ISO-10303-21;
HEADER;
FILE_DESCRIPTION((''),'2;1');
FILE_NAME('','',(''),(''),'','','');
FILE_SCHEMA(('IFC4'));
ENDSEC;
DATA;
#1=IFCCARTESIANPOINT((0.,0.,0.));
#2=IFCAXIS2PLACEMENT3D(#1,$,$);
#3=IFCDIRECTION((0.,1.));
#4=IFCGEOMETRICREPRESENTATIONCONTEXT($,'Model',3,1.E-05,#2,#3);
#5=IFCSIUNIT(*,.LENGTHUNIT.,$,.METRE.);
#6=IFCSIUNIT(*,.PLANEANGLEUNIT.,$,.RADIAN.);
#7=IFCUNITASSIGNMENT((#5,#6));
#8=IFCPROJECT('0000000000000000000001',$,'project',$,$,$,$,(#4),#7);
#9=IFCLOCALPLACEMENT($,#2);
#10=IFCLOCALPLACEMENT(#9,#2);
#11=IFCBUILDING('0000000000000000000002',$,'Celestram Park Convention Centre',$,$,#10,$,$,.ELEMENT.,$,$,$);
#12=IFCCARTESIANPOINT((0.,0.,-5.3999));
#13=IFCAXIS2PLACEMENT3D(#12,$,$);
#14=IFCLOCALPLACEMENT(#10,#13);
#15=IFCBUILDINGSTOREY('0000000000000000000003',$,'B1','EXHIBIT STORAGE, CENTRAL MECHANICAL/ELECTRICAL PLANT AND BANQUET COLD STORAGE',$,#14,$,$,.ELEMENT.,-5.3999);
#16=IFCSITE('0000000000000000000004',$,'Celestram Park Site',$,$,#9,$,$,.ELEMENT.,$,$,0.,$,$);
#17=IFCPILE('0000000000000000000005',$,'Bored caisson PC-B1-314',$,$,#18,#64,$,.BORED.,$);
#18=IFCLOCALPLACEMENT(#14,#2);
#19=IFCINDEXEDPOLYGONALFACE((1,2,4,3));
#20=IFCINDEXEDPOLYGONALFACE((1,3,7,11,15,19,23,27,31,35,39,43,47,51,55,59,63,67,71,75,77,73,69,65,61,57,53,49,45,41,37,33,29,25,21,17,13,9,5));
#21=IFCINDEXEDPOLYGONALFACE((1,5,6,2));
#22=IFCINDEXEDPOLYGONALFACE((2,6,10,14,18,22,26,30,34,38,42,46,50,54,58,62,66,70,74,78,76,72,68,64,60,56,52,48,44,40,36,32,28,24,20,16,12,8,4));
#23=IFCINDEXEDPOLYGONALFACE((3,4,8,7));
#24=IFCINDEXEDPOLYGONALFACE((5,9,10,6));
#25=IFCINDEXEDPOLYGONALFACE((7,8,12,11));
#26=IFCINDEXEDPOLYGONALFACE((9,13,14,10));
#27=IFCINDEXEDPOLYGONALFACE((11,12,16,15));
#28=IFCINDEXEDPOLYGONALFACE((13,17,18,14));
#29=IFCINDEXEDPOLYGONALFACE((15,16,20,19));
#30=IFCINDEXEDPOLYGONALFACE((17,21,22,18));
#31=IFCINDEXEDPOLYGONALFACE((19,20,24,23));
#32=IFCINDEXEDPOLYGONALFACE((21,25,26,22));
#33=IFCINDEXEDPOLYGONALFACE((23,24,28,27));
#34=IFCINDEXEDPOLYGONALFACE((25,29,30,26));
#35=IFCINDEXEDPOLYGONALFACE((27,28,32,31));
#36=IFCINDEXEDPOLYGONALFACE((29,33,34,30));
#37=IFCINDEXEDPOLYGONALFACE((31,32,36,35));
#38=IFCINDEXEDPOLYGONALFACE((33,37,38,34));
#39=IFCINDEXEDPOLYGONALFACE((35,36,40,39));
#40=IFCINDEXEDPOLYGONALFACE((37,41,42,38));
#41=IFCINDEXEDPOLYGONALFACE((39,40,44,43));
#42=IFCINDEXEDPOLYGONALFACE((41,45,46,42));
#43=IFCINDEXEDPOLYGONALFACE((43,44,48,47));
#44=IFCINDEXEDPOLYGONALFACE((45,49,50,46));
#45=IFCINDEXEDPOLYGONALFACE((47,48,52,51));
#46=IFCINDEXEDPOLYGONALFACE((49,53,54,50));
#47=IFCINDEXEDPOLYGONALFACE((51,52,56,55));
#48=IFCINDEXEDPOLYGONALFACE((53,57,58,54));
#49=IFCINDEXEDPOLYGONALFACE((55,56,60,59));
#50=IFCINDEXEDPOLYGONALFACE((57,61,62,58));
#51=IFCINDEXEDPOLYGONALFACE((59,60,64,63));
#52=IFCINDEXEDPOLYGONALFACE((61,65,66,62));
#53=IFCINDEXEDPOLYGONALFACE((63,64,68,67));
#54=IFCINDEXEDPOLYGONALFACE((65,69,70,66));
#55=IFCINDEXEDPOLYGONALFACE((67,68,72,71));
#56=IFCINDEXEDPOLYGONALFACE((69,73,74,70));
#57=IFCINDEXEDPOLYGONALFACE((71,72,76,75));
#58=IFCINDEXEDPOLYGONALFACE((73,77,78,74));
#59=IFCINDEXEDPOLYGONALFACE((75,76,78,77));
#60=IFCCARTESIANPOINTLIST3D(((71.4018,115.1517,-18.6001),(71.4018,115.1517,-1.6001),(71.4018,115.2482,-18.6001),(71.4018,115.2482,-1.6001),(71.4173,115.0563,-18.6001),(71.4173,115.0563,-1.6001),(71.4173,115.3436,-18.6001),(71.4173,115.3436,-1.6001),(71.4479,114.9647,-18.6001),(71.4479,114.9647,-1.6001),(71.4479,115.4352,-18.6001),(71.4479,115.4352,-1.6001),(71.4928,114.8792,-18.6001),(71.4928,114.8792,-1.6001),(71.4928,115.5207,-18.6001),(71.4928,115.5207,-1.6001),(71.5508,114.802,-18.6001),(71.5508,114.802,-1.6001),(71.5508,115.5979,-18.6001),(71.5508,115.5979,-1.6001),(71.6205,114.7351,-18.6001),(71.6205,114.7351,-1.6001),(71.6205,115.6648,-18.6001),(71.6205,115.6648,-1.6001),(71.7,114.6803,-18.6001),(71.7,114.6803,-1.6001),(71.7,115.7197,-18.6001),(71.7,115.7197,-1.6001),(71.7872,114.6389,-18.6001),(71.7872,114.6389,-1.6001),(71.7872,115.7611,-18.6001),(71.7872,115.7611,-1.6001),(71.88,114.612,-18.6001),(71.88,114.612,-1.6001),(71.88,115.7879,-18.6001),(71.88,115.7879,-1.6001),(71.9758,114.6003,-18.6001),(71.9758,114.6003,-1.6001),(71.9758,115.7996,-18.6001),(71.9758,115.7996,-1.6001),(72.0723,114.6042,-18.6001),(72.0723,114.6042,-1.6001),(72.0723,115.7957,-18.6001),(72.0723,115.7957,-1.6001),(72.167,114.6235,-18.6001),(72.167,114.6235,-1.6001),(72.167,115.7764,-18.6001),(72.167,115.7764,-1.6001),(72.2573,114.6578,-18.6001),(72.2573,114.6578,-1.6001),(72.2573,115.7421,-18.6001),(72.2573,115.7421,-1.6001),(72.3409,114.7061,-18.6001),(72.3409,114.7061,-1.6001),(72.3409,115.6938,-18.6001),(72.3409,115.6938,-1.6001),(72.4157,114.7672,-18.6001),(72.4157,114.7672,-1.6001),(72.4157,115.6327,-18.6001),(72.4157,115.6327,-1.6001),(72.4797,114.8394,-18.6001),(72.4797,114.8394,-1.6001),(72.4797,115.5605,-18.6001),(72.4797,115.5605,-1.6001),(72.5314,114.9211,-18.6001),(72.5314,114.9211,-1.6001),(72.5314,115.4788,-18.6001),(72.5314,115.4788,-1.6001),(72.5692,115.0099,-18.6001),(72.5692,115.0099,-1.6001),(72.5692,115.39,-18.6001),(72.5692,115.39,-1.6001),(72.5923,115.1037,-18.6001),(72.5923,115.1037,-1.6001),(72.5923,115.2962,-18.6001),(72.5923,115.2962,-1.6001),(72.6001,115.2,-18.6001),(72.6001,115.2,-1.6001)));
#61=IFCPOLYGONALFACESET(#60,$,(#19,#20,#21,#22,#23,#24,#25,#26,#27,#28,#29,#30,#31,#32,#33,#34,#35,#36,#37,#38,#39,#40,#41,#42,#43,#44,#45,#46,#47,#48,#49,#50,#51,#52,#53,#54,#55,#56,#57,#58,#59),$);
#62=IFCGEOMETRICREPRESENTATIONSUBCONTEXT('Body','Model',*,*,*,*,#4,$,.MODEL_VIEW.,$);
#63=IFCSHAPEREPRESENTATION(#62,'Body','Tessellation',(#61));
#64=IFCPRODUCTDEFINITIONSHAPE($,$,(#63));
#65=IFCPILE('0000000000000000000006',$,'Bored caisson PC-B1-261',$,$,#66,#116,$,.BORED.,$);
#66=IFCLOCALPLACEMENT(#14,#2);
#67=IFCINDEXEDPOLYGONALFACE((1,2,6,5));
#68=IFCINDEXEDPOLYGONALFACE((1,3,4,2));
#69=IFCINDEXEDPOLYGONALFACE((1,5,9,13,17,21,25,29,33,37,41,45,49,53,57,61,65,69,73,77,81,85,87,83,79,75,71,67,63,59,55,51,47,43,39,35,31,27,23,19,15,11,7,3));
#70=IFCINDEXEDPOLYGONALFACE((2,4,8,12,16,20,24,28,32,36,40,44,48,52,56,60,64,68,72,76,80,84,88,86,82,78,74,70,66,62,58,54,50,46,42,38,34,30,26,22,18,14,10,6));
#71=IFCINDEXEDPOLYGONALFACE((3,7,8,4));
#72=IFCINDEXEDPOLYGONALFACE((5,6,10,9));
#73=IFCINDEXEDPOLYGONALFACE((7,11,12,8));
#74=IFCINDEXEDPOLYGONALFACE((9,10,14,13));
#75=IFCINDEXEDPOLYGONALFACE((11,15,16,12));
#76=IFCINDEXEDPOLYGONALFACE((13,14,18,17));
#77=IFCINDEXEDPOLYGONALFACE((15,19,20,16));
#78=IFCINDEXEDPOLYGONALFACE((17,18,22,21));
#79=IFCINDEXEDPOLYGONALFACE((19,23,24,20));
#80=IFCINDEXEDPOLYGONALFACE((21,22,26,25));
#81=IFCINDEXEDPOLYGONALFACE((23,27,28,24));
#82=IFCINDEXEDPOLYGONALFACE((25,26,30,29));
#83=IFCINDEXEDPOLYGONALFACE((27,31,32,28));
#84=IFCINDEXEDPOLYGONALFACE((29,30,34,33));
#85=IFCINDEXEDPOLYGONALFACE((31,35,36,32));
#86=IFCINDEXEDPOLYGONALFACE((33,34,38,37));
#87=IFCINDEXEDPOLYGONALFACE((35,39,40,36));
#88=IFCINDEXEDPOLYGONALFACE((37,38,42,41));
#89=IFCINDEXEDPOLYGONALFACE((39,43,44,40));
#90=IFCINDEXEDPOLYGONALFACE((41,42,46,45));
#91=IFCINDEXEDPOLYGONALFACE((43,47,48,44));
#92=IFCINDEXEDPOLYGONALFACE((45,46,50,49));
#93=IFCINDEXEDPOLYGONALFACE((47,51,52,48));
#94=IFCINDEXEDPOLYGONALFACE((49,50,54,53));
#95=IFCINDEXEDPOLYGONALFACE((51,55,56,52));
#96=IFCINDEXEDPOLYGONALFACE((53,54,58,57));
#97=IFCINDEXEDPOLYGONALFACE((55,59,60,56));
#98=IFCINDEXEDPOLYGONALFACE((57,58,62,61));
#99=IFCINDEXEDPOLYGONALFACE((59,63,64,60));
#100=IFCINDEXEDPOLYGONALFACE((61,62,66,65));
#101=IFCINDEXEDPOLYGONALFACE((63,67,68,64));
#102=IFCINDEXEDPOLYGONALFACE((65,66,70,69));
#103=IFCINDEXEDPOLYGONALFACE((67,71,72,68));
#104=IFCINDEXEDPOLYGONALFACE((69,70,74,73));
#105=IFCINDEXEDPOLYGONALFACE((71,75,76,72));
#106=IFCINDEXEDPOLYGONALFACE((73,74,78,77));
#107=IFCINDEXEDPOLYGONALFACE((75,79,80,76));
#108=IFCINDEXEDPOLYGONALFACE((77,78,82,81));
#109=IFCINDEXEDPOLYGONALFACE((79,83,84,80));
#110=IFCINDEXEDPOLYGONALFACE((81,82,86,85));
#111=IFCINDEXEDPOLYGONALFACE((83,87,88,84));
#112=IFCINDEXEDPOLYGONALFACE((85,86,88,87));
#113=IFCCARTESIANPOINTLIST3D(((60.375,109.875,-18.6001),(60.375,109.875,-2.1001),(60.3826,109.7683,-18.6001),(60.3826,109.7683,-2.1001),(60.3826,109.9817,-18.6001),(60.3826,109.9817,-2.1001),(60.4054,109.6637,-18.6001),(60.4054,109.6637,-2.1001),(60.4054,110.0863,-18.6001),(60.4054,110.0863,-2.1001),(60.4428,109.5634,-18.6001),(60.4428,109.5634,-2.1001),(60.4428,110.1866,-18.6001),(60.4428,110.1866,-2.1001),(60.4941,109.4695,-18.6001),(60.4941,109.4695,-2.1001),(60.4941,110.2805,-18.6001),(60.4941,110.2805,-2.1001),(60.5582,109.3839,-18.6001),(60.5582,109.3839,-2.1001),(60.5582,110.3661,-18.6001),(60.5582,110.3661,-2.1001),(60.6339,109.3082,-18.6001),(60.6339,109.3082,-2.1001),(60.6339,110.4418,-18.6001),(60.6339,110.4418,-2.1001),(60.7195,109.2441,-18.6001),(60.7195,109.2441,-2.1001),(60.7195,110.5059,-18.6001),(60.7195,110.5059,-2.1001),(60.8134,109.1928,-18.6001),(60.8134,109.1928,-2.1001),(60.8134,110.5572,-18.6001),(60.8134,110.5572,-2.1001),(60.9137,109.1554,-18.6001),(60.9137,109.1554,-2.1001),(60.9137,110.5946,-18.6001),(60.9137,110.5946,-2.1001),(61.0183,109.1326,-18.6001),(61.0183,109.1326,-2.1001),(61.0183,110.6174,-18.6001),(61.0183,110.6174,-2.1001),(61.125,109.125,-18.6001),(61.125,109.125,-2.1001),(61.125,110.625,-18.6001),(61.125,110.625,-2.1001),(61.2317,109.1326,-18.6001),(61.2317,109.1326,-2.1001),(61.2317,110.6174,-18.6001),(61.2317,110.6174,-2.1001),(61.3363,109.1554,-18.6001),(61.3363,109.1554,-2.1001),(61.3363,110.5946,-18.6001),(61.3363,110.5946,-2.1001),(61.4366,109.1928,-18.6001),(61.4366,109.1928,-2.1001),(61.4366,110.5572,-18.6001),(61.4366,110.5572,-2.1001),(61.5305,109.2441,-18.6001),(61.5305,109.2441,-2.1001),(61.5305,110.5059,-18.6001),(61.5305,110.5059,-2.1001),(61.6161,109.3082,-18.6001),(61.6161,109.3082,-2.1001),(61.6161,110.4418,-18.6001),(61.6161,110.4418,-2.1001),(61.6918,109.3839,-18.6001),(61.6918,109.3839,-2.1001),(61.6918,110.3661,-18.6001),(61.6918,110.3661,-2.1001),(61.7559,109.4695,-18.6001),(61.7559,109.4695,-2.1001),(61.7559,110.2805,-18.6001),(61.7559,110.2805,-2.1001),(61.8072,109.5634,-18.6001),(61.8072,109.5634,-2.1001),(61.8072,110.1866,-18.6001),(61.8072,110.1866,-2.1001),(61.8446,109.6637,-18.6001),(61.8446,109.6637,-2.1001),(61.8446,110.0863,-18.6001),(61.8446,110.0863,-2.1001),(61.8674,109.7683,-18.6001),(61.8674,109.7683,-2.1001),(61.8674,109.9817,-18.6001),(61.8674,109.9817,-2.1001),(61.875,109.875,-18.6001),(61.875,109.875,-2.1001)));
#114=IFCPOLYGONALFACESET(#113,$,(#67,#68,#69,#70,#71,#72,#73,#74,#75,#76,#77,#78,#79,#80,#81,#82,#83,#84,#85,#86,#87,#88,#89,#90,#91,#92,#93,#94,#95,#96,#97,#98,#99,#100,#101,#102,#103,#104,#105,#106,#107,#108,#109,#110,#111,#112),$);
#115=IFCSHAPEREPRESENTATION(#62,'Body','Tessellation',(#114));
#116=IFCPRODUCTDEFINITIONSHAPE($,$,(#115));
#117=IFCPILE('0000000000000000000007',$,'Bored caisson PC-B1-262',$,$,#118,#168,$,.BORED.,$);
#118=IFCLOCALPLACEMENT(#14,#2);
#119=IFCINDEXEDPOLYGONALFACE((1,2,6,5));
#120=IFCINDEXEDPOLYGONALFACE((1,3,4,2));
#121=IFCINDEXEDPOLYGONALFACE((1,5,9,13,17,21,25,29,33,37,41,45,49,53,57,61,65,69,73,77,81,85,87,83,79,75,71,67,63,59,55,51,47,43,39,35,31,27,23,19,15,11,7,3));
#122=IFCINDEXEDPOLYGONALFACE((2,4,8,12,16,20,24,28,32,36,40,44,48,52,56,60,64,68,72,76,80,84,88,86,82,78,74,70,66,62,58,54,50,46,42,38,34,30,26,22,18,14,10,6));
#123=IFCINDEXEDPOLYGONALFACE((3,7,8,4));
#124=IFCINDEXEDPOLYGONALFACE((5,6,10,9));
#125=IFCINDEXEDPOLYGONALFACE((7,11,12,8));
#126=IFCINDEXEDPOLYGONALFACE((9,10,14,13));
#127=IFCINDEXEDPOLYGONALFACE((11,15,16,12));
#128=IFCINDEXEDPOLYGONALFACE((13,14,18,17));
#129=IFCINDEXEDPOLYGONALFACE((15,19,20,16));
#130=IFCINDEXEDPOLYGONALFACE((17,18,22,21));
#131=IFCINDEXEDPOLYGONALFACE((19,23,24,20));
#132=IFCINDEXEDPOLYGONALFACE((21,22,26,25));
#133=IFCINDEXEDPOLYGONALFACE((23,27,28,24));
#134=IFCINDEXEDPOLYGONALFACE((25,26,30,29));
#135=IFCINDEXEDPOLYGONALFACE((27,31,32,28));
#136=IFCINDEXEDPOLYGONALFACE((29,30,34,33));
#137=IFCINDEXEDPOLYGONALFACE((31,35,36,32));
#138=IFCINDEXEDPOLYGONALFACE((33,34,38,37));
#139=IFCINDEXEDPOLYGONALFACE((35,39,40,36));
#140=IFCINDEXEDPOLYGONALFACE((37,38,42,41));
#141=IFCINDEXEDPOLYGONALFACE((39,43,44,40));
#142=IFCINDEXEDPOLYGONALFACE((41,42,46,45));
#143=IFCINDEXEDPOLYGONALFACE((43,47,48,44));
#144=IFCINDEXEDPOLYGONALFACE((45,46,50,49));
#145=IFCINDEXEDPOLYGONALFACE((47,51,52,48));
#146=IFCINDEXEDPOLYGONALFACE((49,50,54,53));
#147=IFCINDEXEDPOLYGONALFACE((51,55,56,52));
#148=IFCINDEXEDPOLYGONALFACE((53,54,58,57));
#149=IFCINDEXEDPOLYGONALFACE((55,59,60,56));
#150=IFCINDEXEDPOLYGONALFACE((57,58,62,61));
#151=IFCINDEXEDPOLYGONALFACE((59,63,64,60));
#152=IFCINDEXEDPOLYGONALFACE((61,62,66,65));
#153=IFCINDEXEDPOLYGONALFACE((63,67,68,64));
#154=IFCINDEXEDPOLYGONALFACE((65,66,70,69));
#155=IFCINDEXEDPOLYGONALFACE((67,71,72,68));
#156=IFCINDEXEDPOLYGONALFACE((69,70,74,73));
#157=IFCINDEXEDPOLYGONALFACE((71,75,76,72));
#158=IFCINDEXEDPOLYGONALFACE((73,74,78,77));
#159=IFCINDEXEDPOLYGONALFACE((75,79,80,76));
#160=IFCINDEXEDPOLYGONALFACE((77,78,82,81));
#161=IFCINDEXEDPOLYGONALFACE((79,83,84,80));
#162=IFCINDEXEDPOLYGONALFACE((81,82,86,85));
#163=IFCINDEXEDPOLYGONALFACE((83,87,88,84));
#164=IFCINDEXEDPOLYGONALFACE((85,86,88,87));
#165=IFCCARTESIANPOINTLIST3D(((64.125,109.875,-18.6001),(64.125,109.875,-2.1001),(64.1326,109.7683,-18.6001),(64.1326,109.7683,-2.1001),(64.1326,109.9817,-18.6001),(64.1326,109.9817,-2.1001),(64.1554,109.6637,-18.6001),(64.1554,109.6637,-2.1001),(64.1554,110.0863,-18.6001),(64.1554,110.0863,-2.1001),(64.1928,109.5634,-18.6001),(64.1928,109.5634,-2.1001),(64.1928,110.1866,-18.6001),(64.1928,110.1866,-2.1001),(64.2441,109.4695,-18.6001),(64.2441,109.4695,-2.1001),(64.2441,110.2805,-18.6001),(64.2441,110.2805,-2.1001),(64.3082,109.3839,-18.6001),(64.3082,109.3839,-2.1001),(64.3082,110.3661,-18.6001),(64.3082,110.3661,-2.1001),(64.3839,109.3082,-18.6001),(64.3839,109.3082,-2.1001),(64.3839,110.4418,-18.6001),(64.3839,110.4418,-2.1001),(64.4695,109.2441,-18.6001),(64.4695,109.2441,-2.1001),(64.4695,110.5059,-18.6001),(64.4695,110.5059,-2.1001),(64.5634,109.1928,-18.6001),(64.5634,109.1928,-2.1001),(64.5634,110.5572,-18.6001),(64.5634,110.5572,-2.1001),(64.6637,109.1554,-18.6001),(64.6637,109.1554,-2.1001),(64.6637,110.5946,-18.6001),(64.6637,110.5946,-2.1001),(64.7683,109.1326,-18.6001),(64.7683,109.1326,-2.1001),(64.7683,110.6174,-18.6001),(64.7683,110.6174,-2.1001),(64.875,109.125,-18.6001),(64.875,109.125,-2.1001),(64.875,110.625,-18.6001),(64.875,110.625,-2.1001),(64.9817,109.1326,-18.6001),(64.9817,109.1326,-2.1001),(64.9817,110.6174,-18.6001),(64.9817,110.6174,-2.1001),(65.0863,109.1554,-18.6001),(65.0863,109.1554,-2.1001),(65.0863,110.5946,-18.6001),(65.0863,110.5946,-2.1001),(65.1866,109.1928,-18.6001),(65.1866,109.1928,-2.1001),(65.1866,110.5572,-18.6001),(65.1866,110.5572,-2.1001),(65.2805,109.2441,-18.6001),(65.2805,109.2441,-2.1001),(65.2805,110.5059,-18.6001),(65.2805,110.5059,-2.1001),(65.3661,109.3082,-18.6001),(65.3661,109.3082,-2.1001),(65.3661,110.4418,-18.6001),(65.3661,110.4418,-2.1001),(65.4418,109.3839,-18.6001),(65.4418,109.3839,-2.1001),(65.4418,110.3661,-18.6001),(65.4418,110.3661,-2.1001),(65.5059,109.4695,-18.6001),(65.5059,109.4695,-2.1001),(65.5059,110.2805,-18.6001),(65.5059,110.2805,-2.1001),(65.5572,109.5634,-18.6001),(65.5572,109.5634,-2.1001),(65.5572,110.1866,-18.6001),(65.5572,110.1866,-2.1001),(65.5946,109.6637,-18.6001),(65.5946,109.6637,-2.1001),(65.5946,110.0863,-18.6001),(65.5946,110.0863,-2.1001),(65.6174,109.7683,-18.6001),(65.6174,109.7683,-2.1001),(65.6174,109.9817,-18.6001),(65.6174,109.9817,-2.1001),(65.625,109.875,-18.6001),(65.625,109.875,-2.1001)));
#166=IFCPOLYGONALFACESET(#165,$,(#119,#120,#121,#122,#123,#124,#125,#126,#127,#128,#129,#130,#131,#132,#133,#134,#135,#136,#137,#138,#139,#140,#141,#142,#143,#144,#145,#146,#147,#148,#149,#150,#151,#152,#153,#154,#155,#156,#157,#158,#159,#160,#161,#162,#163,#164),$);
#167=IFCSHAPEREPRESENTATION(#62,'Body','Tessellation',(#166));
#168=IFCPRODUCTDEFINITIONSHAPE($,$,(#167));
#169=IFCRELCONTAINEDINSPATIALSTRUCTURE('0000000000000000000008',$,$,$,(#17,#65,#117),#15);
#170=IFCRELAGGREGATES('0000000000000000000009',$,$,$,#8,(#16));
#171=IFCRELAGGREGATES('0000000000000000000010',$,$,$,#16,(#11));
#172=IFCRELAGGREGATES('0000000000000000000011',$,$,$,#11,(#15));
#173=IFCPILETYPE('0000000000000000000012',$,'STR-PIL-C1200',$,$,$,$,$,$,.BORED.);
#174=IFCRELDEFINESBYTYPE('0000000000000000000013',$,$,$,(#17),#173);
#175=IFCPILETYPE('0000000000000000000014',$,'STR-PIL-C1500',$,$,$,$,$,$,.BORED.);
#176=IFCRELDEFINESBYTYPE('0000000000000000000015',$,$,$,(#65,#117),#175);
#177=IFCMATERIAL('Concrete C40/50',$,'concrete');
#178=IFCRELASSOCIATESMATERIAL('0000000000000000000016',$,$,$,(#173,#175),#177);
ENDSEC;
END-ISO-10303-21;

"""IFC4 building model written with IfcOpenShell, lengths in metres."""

from ifc_helpers import new_model, si_unit, direction, frame, origin, origin_2d, place, context, subcontext, project, spatial, circle, extrude, material, material_profile, profile_set, type_object, element, save


model = new_model("IFC4")

# Units and contexts
model_context = context("Model", 3, precision=1e-05, world=origin(), true_north=direction((0.0, 1.0)))
body_context = subcontext(model_context, "Body", "Model", "MODEL_VIEW")
ifc_project = project(units=[si_unit("LENGTHUNIT", "METRE"), si_unit("PLANEANGLEUNIT", "RADIAN")], contexts=[model_context])

# Site, building, storey
site_placement = place(None, origin())
site = spatial("IfcSite", under=ifc_project, at=site_placement, Name="Celestram Park Site", CompositionType="ELEMENT", RefElevation=0.0)
building_placement = place(site_placement, origin())
building = spatial("IfcBuilding", under=site, at=building_placement, Name="Celestram Park Convention Centre", CompositionType="ELEMENT")
storey_placement = place(building_placement, frame((0.0, 0.0, -5.3999)))
storey = spatial("IfcBuildingStorey", under=building, at=storey_placement, Name="B1", Description="EXHIBIT STORAGE, CENTRAL MECHANICAL/ELECTRICAL PLANT AND BANQUET COLD STORAGE", CompositionType="ELEMENT", Elevation=-5.3999)

# Shared definitions
ifc_material_1 = material(Name="Concrete C40/50", Category="concrete")

# Piles
ifc_material_profile_1 = material_profile(ifc_material_1, circle(Radius=0.6001, at=origin_2d()), Name="CAISSON1200")
ifc_profile_set_1 = profile_set([ifc_material_profile_1], Name="Concrete C40/50")
pile_type_1 = type_object("IfcPileType", Name="STR-PIL-C1200", PredefinedType="BORED", material=ifc_profile_set_1)
for number, where, z_axis, x_axis, name in (
    (1, (72.0, 115.2, -1.6001), (0.0, 0.0, -1.0), (1.0, 0.0, 0.0), "Bored caisson PC-B1-314"),
):
    element("IfcPile", number, at=place(storey_placement, frame(where, z_axis=z_axis, x_axis=x_axis)), inside=storey, type_object=pile_type_1, Name=name, PredefinedType="BORED", context=body_context, shape_type="SweptSolid", body=[
        extrude(circle(Radius=0.6001, at=origin_2d()), origin(), (0.0, 0.0, 1.0), 17.0),
    ])
ifc_material_profile_2 = material_profile(ifc_material_1, circle(Radius=0.75, at=origin_2d()), Name="CAISSON1500")
ifc_profile_set_2 = profile_set([ifc_material_profile_2], Name="Concrete C40/50")
pile_type_2 = type_object("IfcPileType", Name="STR-PIL-C1500", PredefinedType="BORED", material=ifc_profile_set_2)
for number, where, z_axis, x_axis, name in (
    (2, (61.125, 109.875, -2.1001), (0.0, 0.0, -1.0), (1.0, 0.0, 0.0), "Bored caisson PC-B1-261"),
    (3, (64.875, 109.875, -2.1001), (0.0, 0.0, -1.0), (1.0, 0.0, 0.0), "Bored caisson PC-B1-262"),
):
    element("IfcPile", number, at=place(storey_placement, frame(where, z_axis=z_axis, x_axis=x_axis)), inside=storey, type_object=pile_type_2, Name=name, PredefinedType="BORED", context=body_context, shape_type="SweptSolid", body=[
        extrude(circle(Radius=0.75, at=origin_2d()), origin(), (0.0, 0.0, 1.0), 16.5),
    ])

save(model, "model.ifc")
